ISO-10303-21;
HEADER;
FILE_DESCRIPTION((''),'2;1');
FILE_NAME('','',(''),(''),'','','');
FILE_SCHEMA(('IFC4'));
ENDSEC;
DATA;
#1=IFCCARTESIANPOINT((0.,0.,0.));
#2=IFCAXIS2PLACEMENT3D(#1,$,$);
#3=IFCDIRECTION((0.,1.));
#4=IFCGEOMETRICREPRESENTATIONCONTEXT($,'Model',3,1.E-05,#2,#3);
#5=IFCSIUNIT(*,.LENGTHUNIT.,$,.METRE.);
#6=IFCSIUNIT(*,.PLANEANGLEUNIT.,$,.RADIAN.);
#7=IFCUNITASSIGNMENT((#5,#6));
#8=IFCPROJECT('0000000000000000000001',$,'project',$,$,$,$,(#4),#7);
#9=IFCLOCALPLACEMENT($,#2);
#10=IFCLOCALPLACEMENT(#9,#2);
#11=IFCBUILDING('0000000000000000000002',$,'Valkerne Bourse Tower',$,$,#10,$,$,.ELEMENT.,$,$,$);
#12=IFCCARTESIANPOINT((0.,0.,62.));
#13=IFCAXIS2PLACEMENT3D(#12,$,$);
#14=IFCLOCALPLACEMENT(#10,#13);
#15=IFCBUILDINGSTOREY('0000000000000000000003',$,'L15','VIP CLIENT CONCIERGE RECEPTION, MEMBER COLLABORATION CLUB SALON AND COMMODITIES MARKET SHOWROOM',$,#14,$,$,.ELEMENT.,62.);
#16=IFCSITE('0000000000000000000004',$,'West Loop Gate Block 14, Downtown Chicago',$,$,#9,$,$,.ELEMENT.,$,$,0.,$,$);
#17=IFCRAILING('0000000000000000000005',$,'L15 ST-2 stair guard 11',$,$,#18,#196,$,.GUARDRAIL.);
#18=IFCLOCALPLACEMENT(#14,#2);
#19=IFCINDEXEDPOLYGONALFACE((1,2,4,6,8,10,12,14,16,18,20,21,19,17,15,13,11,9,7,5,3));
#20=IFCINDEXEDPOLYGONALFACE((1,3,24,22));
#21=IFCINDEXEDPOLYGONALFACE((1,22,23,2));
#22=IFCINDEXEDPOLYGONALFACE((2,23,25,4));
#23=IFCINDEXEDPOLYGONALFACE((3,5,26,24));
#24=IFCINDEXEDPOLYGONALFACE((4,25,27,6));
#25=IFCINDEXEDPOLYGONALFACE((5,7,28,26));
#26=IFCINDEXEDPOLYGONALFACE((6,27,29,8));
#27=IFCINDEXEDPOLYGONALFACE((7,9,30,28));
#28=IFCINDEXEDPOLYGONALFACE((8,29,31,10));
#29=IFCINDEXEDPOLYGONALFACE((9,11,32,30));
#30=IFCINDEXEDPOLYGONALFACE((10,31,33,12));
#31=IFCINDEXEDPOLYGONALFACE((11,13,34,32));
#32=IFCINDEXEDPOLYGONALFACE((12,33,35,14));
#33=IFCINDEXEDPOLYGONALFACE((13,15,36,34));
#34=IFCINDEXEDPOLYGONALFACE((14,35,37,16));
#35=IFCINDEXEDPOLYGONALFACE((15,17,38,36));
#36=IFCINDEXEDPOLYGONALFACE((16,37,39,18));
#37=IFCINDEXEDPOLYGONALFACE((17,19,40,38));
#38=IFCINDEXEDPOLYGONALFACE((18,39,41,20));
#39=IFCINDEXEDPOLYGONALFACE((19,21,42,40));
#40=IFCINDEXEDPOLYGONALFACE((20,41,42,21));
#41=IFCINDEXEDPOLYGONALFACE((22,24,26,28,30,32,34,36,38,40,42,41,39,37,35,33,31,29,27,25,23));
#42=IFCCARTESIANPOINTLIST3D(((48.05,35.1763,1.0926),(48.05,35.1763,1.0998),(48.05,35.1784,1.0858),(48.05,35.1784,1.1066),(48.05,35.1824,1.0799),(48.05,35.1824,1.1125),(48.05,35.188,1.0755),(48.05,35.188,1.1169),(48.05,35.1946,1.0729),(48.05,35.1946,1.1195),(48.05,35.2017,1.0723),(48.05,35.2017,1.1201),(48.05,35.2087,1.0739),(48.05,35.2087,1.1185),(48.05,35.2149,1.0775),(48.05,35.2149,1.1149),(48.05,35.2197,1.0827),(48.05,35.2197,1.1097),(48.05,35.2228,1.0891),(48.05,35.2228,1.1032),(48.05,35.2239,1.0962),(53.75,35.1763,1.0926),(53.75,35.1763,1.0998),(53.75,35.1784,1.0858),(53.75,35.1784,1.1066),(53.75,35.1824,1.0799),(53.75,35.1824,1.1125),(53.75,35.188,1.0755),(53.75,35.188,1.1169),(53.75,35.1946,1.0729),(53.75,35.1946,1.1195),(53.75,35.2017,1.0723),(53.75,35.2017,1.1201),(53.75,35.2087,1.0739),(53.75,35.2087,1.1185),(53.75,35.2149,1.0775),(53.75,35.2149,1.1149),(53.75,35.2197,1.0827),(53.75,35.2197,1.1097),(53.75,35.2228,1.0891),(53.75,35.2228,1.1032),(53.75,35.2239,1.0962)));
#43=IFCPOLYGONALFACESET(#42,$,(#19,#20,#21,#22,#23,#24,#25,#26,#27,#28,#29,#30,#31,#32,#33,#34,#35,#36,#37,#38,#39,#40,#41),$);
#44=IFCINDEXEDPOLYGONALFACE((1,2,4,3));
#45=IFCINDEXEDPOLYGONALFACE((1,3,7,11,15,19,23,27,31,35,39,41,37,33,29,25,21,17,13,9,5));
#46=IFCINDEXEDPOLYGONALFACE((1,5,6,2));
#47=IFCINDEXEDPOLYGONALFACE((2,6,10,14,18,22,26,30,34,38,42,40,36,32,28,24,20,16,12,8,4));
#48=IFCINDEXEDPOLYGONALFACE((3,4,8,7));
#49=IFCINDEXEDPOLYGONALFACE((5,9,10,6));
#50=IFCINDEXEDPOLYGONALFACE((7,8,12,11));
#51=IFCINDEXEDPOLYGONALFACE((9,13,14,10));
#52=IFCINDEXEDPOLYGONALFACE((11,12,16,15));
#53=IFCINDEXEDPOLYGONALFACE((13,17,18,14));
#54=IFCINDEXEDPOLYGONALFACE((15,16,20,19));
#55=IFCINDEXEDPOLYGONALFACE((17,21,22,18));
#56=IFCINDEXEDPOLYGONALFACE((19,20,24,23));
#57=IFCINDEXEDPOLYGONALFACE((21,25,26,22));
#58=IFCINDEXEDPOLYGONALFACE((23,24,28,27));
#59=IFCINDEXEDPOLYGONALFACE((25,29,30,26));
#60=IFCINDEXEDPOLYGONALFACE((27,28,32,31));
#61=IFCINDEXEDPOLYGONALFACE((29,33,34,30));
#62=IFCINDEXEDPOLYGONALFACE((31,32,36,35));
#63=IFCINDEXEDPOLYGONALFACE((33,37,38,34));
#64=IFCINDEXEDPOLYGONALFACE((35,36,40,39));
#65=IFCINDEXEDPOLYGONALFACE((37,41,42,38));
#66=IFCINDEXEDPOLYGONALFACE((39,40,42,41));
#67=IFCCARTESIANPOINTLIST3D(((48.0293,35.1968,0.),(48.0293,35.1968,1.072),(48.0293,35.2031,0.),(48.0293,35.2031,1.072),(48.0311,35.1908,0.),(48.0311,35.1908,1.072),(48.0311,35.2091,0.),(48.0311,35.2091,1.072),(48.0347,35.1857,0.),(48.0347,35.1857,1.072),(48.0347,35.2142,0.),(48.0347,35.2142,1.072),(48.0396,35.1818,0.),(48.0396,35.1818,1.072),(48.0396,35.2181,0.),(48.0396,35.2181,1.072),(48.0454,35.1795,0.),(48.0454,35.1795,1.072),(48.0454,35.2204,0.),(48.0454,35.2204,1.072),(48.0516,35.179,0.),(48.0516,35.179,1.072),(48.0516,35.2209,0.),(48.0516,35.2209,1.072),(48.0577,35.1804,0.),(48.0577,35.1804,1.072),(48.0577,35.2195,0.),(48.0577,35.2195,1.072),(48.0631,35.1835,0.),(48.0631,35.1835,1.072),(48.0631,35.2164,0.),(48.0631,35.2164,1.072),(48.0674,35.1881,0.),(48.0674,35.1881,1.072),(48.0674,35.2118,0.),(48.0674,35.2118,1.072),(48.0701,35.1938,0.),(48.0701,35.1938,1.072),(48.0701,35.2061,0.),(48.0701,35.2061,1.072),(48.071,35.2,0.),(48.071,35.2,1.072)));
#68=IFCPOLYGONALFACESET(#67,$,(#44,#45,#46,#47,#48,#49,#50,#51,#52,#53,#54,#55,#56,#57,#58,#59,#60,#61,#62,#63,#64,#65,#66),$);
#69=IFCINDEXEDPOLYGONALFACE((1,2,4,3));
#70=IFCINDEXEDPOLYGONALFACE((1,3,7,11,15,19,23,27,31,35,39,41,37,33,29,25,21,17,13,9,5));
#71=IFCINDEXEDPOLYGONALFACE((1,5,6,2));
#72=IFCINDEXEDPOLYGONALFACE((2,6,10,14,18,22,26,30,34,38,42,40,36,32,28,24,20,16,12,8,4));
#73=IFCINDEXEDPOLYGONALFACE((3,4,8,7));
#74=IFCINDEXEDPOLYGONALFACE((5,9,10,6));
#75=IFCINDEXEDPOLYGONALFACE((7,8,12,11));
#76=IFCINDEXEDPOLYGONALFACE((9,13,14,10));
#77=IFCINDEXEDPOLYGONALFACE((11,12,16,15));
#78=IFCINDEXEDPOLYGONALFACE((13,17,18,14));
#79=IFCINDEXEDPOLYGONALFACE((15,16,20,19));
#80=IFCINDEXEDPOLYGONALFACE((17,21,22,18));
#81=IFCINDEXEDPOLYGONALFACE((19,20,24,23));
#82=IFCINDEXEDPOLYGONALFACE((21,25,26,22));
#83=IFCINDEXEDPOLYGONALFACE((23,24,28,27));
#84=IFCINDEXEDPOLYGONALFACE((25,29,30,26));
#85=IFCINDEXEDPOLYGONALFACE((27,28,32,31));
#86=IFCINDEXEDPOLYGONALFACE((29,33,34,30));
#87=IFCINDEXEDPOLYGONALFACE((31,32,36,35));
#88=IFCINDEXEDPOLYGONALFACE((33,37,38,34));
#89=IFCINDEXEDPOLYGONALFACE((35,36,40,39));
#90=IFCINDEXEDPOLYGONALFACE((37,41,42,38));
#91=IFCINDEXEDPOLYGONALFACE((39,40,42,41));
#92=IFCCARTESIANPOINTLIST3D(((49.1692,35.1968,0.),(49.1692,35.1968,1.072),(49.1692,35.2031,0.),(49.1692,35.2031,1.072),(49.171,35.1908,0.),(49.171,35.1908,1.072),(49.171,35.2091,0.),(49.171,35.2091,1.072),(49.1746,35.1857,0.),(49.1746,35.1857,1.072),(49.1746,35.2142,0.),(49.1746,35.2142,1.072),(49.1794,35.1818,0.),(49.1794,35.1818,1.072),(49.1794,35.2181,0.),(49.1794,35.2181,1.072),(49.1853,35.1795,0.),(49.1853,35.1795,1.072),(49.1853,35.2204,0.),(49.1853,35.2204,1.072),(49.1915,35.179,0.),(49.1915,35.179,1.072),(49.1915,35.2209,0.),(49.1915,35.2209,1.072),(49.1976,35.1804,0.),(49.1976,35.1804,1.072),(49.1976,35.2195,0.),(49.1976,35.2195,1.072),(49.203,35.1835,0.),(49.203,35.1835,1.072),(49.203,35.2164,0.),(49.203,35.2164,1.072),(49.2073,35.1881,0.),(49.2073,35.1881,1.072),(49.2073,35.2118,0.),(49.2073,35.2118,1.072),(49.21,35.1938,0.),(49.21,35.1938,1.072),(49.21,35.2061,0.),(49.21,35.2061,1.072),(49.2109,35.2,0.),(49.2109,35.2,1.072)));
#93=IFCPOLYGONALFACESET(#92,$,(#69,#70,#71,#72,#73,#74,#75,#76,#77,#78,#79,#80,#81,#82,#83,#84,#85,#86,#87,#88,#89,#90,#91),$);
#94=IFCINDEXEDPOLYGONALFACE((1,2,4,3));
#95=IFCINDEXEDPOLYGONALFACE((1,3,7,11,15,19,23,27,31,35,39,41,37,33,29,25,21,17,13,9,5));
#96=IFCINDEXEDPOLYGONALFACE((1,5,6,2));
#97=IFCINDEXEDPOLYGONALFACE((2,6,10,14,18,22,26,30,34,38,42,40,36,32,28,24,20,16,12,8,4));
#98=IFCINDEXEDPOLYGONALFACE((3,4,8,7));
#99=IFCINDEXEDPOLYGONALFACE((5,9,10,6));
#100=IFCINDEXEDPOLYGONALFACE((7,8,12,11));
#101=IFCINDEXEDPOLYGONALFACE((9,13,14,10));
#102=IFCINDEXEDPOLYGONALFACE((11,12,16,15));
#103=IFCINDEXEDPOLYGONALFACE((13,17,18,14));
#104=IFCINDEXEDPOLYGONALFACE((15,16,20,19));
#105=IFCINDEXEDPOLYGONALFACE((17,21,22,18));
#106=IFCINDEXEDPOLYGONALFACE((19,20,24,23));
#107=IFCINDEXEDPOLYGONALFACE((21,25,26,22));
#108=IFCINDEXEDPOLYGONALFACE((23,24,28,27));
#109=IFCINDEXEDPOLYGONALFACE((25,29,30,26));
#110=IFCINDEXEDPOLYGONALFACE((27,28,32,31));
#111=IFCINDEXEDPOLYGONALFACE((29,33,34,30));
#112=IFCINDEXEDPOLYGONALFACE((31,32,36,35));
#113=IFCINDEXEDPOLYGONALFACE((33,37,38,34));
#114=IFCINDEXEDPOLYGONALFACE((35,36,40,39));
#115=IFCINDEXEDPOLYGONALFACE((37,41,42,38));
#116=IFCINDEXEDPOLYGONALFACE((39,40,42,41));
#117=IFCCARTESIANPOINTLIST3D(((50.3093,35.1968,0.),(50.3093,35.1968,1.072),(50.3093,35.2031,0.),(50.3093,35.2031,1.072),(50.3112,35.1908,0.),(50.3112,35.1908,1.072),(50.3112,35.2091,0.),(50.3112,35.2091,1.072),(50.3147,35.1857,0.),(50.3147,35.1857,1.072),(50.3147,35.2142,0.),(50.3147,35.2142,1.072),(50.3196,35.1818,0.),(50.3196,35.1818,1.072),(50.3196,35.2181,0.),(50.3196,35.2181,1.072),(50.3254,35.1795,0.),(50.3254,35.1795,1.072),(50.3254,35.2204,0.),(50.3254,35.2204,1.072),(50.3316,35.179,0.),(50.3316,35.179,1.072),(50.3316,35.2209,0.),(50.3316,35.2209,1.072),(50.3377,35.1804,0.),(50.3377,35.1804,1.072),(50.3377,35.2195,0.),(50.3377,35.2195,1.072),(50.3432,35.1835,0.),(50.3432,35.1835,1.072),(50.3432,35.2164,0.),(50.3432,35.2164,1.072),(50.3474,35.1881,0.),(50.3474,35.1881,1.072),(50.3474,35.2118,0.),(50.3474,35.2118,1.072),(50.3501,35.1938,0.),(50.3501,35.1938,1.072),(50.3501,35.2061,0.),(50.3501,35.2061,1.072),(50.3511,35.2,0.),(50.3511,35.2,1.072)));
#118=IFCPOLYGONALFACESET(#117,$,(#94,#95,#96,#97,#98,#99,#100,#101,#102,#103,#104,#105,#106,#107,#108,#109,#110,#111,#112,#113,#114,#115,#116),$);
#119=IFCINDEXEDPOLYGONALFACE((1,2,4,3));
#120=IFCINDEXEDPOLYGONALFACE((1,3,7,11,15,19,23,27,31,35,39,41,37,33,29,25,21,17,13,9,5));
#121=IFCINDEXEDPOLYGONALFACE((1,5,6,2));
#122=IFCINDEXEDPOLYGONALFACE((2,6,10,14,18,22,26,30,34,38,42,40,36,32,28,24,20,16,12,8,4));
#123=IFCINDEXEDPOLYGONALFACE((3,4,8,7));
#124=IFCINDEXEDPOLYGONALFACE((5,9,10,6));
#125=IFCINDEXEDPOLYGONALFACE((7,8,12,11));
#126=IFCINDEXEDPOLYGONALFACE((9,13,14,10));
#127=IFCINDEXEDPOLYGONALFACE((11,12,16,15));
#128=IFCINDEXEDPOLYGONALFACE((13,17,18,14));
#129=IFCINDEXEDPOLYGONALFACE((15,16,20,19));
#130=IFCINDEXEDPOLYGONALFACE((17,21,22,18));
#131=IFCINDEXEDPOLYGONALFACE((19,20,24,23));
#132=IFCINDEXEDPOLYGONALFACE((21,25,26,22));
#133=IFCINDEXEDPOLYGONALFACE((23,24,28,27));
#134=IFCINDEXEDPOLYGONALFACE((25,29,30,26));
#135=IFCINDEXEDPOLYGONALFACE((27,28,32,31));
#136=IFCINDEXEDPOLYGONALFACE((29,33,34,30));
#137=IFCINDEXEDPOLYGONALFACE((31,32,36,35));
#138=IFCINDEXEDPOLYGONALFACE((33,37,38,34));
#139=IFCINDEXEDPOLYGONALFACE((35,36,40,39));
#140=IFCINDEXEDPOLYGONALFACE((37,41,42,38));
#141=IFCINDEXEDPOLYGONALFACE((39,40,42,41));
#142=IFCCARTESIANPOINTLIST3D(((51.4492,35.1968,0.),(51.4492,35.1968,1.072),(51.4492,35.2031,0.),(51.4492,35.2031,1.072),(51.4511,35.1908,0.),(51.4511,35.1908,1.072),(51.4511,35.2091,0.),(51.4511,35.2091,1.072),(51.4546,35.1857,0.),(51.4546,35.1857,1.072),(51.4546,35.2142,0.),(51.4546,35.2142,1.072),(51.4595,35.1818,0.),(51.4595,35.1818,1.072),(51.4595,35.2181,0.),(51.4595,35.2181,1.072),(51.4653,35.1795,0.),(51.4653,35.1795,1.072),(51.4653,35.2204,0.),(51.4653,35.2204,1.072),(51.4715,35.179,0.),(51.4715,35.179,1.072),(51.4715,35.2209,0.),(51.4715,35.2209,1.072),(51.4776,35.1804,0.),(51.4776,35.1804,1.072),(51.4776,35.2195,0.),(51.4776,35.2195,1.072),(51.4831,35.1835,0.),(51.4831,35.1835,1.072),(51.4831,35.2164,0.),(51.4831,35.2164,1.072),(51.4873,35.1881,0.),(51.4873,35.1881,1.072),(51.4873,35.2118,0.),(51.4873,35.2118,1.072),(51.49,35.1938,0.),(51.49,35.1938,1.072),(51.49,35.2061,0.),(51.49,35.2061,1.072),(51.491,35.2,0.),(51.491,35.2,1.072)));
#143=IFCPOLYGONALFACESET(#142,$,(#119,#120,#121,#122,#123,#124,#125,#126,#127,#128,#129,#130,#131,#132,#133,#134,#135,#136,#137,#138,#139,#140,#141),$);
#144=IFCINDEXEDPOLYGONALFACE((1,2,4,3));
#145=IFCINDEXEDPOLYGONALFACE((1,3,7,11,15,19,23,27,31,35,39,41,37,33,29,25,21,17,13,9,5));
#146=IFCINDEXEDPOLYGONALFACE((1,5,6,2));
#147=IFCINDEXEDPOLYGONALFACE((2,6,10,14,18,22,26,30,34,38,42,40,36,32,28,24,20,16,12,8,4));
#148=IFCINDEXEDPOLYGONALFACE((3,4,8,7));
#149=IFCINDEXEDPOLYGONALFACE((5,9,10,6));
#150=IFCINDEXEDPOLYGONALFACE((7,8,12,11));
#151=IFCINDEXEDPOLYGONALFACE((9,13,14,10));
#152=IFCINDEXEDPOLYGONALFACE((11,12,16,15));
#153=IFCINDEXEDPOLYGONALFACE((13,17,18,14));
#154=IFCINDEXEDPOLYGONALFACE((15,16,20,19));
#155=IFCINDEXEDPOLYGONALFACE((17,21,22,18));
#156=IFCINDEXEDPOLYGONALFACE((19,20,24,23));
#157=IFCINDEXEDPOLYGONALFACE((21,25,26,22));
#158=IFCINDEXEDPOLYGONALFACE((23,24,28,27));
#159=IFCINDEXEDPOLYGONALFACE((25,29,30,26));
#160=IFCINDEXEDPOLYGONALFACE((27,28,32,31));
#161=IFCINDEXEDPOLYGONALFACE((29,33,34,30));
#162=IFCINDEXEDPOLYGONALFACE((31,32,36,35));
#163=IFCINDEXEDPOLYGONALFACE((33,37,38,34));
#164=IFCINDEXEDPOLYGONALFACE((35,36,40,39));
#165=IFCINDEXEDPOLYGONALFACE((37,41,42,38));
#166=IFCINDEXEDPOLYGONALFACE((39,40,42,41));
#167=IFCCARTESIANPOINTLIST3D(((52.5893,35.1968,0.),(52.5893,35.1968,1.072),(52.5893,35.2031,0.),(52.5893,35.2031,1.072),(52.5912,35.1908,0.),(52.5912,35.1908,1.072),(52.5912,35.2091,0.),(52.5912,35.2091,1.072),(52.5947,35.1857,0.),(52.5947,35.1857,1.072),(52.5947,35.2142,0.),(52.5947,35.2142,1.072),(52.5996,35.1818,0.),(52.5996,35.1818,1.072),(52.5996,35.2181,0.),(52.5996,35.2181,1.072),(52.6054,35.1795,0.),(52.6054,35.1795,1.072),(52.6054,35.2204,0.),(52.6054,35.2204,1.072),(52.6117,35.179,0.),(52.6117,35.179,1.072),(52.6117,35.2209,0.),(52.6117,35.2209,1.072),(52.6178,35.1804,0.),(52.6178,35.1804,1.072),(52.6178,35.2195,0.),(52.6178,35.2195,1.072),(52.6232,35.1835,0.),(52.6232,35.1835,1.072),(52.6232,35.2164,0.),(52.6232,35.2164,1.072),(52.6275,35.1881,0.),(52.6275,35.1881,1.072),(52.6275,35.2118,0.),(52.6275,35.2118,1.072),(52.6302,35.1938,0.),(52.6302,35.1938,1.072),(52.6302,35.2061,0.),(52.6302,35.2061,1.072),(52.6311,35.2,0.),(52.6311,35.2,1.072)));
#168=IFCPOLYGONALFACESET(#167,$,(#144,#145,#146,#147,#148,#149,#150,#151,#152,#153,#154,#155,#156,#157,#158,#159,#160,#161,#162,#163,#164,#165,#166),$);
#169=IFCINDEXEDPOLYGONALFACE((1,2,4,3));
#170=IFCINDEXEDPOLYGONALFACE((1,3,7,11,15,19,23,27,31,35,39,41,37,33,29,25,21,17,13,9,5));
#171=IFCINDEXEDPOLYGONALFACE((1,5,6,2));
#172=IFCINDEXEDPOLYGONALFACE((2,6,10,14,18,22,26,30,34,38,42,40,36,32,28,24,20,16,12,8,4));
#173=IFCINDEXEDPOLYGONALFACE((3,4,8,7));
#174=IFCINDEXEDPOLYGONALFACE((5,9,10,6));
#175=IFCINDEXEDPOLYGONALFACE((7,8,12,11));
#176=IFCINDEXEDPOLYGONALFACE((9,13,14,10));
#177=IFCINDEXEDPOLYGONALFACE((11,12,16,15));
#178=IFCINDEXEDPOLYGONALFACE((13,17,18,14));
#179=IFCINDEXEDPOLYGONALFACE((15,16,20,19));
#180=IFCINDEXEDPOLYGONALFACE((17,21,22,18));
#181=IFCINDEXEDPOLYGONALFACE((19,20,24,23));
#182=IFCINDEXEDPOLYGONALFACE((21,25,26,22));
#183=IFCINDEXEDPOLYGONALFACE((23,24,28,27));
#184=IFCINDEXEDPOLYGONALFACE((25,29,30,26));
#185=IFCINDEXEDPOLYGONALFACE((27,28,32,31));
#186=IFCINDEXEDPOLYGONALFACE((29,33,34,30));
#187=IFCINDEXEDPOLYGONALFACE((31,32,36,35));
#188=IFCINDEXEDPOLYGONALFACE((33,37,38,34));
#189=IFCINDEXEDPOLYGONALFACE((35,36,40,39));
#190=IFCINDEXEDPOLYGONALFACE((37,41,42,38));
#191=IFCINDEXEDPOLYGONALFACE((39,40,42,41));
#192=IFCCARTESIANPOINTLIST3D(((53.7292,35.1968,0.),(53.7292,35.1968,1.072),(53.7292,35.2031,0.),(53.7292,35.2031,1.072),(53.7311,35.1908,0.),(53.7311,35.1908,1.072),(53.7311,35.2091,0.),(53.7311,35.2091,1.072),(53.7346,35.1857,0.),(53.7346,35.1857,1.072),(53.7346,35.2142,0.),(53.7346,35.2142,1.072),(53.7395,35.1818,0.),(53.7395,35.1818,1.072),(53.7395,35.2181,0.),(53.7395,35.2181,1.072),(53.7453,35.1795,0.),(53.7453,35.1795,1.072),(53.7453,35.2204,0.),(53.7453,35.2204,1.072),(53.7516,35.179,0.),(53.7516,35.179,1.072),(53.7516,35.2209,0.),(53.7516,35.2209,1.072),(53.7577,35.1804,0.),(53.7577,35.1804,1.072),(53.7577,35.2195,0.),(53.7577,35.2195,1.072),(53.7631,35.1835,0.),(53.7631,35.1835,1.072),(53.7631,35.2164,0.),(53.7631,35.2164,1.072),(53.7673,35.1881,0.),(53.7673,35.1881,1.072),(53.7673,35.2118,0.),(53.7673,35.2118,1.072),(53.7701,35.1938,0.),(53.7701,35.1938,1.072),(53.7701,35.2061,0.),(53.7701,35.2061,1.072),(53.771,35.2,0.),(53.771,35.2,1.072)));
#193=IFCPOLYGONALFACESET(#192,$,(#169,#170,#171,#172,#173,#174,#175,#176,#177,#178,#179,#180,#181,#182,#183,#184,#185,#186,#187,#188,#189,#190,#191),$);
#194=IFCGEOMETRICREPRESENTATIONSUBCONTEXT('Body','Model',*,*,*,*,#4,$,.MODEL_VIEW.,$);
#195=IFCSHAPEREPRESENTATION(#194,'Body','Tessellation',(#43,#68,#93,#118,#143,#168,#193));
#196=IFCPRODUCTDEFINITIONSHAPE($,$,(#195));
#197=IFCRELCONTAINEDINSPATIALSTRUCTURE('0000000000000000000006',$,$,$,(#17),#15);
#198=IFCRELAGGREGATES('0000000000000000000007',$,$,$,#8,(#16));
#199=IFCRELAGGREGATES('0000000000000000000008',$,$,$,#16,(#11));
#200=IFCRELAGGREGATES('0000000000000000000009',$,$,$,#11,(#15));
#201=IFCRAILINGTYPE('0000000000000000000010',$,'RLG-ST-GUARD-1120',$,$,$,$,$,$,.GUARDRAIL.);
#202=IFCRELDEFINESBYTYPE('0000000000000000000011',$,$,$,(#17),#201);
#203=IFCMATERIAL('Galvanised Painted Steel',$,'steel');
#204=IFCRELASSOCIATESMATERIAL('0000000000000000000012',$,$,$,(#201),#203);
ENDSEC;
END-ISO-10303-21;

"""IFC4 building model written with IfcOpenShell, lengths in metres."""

from ifc_helpers import new_model, si_unit, direction, frame, origin, origin_2d, place, context, subcontext, project, spatial, circle, extrude, material, type_object, element, save


model = new_model("IFC4")

# Units and contexts
model_context = context("Model", 3, precision=1e-05, world=origin(), true_north=direction((0.0, 1.0)))
body_context = subcontext(model_context, "Body", "Model", "MODEL_VIEW")
ifc_project = project(units=[si_unit("LENGTHUNIT", "METRE"), si_unit("PLANEANGLEUNIT", "RADIAN")], contexts=[model_context])

# Site, building, storey
site_placement = place(None, origin())
site = spatial("IfcSite", under=ifc_project, at=site_placement, Name="West Loop Gate Block 14, Downtown Chicago", CompositionType="ELEMENT", RefElevation=0.0)
building_placement = place(site_placement, origin())
building = spatial("IfcBuilding", under=site, at=building_placement, Name="Valkerne Bourse Tower", CompositionType="ELEMENT")
storey_placement = place(building_placement, frame((0.0, 0.0, 62.0)))
storey = spatial("IfcBuildingStorey", under=building, at=storey_placement, Name="L15", Description="VIP CLIENT CONCIERGE RECEPTION, MEMBER COLLABORATION CLUB SALON AND COMMODITIES MARKET SHOWROOM", CompositionType="ELEMENT", Elevation=62.0)

# Shared definitions
ifc_material_1 = material(Name="Galvanised Painted Steel", Category="steel")

# Railing
railing_type_1 = type_object("IfcRailingType", Name="RLG-ST-GUARD-1120", PredefinedType="GUARDRAIL", material=ifc_material_1)
for number, where, name in (
    (1, (48.05, 35.2, 0.0), "L15 ST-2 stair guard 11"),
):
    element("IfcRailing", number, at=place(storey_placement, frame(where)), inside=storey, type_object=railing_type_1, Name=name, PredefinedType="GUARDRAIL", context=body_context, shape_type="SweptSolid", body=[
        extrude(circle(Radius=0.0239, at=origin_2d()), frame((0.0, 0.0, 1.0962), z_axis=(1.0, 0.0, 0.0), x_axis=(0.0, 1.0, 0.0)), (0.0, 0.0, 1.0), 5.7),
        extrude(circle(Radius=0.021, at=origin_2d()), origin(), (0.0, 0.0, 1.0), 1.072),
        extrude(circle(Radius=0.021, at=origin_2d()), frame((1.1399, 0.0, 0.0)), (0.0, 0.0, 1.0), 1.072),
        extrude(circle(Radius=0.021, at=origin_2d()), frame((2.28, 0.0, 0.0)), (0.0, 0.0, 1.0), 1.072),
        extrude(circle(Radius=0.021, at=origin_2d()), frame((3.4199, 0.0, 0.0)), (0.0, 0.0, 1.0), 1.072),
        extrude(circle(Radius=0.021, at=origin_2d()), frame((4.5601, 0.0, 0.0)), (0.0, 0.0, 1.0), 1.072),
        extrude(circle(Radius=0.021, at=origin_2d()), frame((5.7, 0.0, 0.0)), (0.0, 0.0, 1.0), 1.072),
    ])

save(model, "model.ifc")
